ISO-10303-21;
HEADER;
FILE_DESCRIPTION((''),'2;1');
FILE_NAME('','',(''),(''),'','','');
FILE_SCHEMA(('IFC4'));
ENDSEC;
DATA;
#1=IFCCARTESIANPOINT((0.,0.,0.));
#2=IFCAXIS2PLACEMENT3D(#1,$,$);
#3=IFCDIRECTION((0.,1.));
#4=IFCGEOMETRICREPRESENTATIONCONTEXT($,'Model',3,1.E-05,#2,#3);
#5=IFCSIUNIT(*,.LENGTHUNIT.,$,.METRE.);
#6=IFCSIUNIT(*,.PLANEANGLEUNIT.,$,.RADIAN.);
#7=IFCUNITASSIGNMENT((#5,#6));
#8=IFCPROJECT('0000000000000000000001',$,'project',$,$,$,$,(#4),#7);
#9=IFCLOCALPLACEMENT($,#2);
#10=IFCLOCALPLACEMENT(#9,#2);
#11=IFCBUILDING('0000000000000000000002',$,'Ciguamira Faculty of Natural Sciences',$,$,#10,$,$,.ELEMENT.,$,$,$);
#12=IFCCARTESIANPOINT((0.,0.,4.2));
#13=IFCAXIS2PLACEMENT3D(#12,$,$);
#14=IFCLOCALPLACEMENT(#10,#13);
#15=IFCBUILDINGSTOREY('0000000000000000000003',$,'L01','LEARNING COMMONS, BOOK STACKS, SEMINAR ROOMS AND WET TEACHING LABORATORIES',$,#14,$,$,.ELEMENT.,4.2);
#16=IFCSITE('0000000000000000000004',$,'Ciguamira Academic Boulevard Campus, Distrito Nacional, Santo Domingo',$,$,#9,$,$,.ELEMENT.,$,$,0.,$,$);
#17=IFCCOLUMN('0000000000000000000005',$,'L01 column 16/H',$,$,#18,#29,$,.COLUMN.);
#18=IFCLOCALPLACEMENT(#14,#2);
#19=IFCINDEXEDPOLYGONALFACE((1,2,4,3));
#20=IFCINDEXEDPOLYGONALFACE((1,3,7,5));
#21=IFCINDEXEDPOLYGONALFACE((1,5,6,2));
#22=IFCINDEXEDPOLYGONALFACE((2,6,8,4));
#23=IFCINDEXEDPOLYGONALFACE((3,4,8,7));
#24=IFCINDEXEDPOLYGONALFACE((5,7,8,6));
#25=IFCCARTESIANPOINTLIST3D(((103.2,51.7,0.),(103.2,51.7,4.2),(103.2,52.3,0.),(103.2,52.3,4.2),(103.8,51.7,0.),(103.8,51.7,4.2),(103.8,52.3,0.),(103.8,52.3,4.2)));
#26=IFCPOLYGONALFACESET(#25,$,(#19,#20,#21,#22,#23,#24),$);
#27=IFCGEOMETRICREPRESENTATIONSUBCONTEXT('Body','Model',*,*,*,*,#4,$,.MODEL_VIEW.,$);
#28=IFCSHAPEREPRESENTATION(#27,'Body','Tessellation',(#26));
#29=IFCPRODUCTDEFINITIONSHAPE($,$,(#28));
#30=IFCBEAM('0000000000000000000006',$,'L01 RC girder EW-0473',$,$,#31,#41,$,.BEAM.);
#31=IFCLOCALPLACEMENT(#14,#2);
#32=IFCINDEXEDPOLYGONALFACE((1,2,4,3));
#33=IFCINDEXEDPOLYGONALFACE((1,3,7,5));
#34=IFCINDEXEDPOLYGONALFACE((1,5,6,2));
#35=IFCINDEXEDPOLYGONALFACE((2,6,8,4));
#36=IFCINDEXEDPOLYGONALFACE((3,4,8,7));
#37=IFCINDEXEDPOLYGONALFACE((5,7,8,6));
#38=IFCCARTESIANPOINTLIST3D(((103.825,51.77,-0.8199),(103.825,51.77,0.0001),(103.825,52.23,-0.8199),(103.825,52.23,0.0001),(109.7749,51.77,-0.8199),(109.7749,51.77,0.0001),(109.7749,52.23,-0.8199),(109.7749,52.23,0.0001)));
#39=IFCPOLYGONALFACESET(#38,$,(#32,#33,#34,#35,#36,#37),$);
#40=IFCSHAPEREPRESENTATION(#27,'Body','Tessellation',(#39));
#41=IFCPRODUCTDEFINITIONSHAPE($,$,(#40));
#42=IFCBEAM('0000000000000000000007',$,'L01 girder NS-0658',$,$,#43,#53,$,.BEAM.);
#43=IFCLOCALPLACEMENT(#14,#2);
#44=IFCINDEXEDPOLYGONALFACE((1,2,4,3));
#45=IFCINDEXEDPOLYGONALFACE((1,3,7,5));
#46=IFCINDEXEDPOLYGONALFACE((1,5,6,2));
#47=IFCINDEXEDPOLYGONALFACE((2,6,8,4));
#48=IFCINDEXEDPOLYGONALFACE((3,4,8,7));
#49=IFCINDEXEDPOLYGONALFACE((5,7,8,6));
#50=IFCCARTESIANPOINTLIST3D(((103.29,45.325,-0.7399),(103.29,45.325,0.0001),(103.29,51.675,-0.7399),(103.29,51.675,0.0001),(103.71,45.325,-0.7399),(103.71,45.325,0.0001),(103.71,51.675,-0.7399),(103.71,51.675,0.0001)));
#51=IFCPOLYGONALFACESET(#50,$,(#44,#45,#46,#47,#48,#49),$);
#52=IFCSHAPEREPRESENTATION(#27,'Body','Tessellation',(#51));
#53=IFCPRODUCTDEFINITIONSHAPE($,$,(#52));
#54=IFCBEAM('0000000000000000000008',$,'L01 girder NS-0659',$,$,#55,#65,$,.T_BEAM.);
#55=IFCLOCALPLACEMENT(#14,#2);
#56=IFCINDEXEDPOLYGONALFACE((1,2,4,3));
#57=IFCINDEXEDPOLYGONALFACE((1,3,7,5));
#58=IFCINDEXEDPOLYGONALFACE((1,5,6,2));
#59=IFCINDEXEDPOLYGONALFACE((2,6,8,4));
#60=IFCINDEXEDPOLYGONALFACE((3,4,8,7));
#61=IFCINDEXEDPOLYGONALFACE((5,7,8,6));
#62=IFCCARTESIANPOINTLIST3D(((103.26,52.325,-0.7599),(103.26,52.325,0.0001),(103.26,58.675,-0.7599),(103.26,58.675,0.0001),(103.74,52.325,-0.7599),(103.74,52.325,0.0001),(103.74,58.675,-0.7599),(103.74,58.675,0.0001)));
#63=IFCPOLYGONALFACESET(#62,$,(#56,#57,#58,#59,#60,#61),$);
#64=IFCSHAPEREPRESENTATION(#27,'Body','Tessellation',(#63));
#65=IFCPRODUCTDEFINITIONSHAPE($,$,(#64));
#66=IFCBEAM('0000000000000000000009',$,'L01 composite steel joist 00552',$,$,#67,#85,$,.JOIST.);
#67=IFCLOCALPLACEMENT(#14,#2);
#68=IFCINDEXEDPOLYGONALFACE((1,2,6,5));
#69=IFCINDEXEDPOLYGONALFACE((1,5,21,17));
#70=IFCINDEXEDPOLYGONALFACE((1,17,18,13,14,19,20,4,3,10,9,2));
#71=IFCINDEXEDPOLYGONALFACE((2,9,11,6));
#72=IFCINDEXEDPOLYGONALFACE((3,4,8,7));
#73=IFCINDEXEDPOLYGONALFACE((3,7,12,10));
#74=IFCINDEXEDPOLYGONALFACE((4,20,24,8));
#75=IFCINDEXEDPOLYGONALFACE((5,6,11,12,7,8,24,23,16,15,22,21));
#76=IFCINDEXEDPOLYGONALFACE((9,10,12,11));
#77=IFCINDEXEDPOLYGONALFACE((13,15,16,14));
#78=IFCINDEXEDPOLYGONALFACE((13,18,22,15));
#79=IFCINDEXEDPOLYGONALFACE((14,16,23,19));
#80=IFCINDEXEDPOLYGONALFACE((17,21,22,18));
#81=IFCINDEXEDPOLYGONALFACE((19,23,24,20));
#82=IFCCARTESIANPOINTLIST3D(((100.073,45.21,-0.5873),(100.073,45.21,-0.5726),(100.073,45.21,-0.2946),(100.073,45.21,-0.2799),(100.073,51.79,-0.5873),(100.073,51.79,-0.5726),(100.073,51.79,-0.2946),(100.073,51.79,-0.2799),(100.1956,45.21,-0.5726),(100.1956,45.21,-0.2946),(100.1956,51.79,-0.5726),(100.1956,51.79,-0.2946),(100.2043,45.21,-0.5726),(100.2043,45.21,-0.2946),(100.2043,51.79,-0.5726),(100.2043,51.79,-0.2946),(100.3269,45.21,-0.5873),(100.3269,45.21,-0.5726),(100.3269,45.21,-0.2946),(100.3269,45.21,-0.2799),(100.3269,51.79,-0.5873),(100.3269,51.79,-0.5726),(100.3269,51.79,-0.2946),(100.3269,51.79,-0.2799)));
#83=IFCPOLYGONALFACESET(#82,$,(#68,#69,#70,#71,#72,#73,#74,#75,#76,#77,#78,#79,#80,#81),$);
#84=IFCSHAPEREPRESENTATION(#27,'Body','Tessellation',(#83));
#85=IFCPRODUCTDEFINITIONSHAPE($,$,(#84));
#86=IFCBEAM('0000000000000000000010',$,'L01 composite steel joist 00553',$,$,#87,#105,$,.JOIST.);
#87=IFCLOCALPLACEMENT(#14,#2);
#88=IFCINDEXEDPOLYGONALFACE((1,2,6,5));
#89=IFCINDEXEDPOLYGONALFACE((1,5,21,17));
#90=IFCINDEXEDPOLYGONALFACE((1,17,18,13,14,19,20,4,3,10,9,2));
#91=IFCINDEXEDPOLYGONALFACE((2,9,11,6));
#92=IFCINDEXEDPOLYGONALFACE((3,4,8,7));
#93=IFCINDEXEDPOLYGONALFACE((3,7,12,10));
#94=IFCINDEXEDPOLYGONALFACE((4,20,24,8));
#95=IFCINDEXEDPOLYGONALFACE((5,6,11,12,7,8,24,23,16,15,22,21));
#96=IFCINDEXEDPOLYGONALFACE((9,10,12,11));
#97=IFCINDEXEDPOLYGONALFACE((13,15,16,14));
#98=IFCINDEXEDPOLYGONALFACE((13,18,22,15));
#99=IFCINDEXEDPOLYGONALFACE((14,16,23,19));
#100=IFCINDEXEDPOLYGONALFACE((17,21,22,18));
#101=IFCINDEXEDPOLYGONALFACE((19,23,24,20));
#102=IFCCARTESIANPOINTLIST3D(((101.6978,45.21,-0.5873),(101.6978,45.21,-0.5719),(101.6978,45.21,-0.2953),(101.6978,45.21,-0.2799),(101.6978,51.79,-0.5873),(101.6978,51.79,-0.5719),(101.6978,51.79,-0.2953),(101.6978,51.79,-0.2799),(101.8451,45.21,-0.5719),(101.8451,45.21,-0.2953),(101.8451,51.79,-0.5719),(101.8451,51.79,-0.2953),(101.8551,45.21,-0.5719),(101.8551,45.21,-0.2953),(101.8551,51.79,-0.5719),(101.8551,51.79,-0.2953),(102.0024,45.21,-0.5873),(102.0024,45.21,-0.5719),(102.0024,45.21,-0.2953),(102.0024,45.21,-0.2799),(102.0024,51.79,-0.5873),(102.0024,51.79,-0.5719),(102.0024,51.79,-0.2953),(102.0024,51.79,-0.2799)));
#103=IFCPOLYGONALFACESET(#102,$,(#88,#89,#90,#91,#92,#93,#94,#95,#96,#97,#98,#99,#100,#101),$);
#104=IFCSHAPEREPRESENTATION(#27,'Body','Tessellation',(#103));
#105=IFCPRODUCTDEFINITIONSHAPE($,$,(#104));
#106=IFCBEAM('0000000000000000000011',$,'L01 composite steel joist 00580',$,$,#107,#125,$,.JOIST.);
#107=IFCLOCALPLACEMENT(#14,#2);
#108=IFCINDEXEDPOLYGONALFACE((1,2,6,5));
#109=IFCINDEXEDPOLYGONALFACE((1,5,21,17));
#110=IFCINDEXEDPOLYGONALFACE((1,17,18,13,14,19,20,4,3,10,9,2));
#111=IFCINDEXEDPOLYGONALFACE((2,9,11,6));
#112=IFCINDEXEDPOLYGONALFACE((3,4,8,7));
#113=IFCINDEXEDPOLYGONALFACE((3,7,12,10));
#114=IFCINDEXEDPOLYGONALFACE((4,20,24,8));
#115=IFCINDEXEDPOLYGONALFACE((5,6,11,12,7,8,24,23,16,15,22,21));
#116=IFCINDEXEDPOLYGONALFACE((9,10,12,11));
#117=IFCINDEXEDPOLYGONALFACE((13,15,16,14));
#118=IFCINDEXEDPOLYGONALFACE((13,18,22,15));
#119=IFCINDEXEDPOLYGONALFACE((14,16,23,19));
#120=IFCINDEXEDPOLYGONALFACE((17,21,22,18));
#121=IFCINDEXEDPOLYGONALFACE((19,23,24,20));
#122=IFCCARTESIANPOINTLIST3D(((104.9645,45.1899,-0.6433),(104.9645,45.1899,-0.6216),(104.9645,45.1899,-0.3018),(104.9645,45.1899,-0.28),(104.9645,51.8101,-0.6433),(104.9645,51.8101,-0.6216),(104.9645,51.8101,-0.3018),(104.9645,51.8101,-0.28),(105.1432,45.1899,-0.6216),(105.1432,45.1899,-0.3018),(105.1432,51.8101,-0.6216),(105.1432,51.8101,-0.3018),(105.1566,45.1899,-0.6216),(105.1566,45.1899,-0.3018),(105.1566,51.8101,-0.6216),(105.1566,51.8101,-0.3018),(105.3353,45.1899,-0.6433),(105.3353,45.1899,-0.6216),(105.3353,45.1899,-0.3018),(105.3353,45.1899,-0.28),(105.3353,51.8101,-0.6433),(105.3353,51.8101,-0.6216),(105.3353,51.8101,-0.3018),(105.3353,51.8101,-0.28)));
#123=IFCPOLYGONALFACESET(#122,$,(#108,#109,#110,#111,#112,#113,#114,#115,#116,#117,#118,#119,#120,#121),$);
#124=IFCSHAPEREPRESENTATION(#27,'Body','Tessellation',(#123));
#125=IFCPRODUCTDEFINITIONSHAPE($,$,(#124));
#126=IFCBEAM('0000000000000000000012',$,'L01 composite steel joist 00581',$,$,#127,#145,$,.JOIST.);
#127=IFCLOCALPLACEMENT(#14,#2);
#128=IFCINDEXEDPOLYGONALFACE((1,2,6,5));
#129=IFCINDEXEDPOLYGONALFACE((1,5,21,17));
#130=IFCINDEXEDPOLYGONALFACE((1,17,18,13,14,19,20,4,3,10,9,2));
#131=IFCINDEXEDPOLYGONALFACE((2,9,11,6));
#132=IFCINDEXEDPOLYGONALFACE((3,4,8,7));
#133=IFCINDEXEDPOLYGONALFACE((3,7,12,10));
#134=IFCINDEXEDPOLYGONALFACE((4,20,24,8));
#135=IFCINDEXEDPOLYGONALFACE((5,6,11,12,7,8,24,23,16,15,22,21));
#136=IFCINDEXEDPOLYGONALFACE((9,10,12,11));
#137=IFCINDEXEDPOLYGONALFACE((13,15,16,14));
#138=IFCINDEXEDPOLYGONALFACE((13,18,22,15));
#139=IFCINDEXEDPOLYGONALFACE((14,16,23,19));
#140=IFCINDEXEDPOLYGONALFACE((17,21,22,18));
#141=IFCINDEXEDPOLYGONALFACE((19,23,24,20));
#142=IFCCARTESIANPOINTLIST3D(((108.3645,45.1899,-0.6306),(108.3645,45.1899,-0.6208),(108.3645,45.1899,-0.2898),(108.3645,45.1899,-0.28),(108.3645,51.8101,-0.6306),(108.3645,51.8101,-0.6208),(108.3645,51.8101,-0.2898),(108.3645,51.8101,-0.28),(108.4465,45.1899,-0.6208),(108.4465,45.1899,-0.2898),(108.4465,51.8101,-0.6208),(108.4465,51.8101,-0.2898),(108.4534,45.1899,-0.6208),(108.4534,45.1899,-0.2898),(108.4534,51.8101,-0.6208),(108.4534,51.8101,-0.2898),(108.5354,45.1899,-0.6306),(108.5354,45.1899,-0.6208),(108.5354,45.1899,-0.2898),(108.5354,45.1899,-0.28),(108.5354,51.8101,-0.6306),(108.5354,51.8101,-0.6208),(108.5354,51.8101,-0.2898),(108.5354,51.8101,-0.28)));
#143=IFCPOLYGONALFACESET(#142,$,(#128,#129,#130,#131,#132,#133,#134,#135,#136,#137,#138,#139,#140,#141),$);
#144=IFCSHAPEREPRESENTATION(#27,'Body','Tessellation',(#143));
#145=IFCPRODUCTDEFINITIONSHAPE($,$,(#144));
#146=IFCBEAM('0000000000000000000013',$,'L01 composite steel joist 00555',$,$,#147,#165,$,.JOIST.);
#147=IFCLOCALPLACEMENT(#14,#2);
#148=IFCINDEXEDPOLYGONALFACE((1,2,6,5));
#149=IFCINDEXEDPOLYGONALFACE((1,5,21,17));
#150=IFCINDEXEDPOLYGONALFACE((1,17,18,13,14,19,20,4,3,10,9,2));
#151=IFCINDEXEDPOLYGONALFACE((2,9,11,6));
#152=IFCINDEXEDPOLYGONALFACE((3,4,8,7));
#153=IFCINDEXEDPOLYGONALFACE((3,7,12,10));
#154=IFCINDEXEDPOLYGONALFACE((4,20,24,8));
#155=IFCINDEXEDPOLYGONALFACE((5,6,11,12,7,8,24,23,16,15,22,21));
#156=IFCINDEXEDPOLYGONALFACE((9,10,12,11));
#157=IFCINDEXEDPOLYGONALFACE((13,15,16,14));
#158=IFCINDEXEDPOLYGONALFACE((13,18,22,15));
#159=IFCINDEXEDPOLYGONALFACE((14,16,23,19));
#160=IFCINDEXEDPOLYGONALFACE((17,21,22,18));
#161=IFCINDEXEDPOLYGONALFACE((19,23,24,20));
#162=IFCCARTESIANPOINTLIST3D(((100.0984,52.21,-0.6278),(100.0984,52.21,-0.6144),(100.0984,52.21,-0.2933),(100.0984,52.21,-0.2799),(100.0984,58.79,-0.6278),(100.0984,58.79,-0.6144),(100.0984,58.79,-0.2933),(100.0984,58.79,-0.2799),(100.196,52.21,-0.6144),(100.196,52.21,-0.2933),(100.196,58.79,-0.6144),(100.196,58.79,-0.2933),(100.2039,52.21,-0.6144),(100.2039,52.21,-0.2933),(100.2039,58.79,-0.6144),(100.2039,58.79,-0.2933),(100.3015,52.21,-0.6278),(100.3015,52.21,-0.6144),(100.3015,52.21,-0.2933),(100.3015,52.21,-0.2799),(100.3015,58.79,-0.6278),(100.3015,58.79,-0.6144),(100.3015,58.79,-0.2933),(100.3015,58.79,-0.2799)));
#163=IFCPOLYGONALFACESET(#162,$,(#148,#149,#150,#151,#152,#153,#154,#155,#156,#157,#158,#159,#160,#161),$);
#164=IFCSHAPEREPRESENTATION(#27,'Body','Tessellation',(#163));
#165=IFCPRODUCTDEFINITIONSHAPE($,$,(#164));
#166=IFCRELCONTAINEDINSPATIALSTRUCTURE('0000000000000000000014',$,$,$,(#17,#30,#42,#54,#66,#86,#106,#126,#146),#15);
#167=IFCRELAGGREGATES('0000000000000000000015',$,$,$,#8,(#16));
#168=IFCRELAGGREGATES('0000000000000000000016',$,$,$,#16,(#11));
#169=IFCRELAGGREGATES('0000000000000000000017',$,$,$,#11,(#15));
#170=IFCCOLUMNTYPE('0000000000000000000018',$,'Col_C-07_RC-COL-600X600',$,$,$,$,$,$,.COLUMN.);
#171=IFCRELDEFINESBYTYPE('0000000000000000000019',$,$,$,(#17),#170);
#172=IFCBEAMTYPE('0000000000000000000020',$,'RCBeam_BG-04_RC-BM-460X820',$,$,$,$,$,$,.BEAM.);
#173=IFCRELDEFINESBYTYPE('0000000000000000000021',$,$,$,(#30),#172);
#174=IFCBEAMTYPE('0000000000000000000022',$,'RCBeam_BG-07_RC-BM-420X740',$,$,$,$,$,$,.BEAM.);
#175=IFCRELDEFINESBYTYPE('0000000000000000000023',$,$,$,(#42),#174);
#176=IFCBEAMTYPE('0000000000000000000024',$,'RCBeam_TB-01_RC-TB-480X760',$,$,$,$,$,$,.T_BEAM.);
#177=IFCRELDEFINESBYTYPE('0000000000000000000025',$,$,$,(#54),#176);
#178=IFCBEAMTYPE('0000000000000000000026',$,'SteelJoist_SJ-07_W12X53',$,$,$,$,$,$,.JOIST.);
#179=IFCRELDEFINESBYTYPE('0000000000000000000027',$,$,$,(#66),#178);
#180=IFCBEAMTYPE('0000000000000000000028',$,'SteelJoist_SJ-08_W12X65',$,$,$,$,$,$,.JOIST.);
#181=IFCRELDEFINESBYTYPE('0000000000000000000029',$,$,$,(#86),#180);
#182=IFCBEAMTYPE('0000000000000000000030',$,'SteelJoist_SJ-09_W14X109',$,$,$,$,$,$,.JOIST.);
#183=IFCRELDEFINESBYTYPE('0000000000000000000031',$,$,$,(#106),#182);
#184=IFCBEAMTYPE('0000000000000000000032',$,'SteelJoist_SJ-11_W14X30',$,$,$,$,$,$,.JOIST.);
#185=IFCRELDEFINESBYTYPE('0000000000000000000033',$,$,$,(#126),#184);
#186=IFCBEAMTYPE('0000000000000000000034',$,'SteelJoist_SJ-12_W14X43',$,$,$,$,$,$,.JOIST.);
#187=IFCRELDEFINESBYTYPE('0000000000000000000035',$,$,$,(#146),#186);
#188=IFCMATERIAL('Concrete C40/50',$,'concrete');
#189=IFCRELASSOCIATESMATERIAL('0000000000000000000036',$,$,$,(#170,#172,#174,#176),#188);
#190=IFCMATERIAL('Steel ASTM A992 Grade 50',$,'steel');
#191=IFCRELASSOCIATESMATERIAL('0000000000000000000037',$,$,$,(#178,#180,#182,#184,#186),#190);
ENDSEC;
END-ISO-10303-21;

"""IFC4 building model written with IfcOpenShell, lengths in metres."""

from ifc_helpers import new_model, si_unit, direction, frame, origin, origin_2d, place, context, subcontext, project, spatial, rectangle, i_section, extrude, material, material_profile, profile_set, type_object, element, save


model = new_model("IFC4")

# Units and contexts
model_context = context("Model", 3, precision=1e-05, world=origin(), true_north=direction((0.0, 1.0)))
body_context = subcontext(model_context, "Body", "Model", "MODEL_VIEW")
ifc_project = project(units=[si_unit("LENGTHUNIT", "METRE"), si_unit("PLANEANGLEUNIT", "RADIAN")], contexts=[model_context])

# Site, building, storey
site_placement = place(None, origin())
site = spatial("IfcSite", under=ifc_project, at=site_placement, Name="Ciguamira Academic Boulevard Campus, Distrito Nacional, Santo Domingo", CompositionType="ELEMENT", RefElevation=0.0)
building_placement = place(site_placement, origin())
building = spatial("IfcBuilding", under=site, at=building_placement, Name="Ciguamira Faculty of Natural Sciences", CompositionType="ELEMENT")
storey_placement = place(building_placement, frame((0.0, 0.0, 4.2)))
storey = spatial("IfcBuildingStorey", under=building, at=storey_placement, Name="L01", Description="LEARNING COMMONS, BOOK STACKS, SEMINAR ROOMS AND WET TEACHING LABORATORIES", CompositionType="ELEMENT", Elevation=4.2)

# Column
ifc_material_1 = material(Name="Concrete C40/50", Category="concrete")
ifc_material_profile_1 = material_profile(ifc_material_1, rectangle(XDim=0.6001, YDim=0.6001, at=origin_2d()), Name="RC-COL-600X600")
ifc_profile_set_1 = profile_set([ifc_material_profile_1], Name="Concrete C40/50")
column_type = type_object("IfcColumnType", Name="Col_C-07_RC-COL-600X600", PredefinedType="COLUMN", material=ifc_profile_set_1)
column_placement = place(storey_placement, frame((103.5, 52.0, 0.0), z_axis=(0.0, 0.0, 1.0), x_axis=(1.0, 0.0, 0.0)))
element("IfcColumn", 1, at=column_placement, inside=storey, type_object=column_type, Name="L01 column 16/H", PredefinedType="COLUMN", context=body_context, shape_type="SweptSolid", body=[
    extrude(rectangle(XDim=0.6001, YDim=0.6001, at=origin_2d()), origin(), (0.0, 0.0, 1.0), 4.2),
])

# Beams
ifc_material_profile_2 = material_profile(ifc_material_1, rectangle(XDim=0.46, YDim=0.8201, at=origin_2d()), Name="RC-BM-460X820")
ifc_profile_set_2 = profile_set([ifc_material_profile_2], Name="Concrete C40/50")
beam_type_1 = type_object("IfcBeamType", Name="RCBeam_BG-04_RC-BM-460X820", PredefinedType="BEAM", material=ifc_profile_set_2)
beam_1_placement = place(storey_placement, frame((103.825, 52.0, -0.4099), z_axis=(1.0, 0.0, 0.0), x_axis=(0.0, 1.0, 0.0)))
element("IfcBeam", 2, at=beam_1_placement, inside=storey, type_object=beam_type_1, Name="L01 RC girder EW-0473", PredefinedType="BEAM", context=body_context, shape_type="SweptSolid", body=[
    extrude(rectangle(XDim=0.46, YDim=0.8201, at=origin_2d()), origin(), (0.0, 0.0, 1.0), 5.95),
])
ifc_material_profile_3 = material_profile(ifc_material_1, rectangle(XDim=0.4199, YDim=0.74, at=origin_2d()), Name="RC-BM-420X740")
ifc_profile_set_3 = profile_set([ifc_material_profile_3], Name="Concrete C40/50")
beam_type_2 = type_object("IfcBeamType", Name="RCBeam_BG-07_RC-BM-420X740", PredefinedType="BEAM", material=ifc_profile_set_3)
beam_2_placement = place(storey_placement, frame((103.5, 45.325, -0.3699), z_axis=(0.0, 1.0, 0.0), x_axis=(-1.0, 0.0, 0.0)))
element("IfcBeam", 3, at=beam_2_placement, inside=storey, type_object=beam_type_2, Name="L01 girder NS-0658", PredefinedType="BEAM", context=body_context, shape_type="SweptSolid", body=[
    extrude(rectangle(XDim=0.4199, YDim=0.74, at=origin_2d()), origin(), (0.0, 0.0, 1.0), 6.3501),
])
ifc_material_profile_4 = material_profile(ifc_material_1, rectangle(XDim=0.48, YDim=0.76, at=origin_2d()), Name="RC-TB-480X760")
ifc_profile_set_4 = profile_set([ifc_material_profile_4], Name="Concrete C40/50")
beam_type_3 = type_object("IfcBeamType", Name="RCBeam_TB-01_RC-TB-480X760", PredefinedType="T_BEAM", material=ifc_profile_set_4)
beam_3_placement = place(storey_placement, frame((103.5, 52.325, -0.3799), z_axis=(0.0, 1.0, 0.0), x_axis=(-1.0, 0.0, 0.0)))
element("IfcBeam", 4, at=beam_3_placement, inside=storey, type_object=beam_type_3, Name="L01 girder NS-0659", PredefinedType="T_BEAM", context=body_context, shape_type="SweptSolid", body=[
    extrude(rectangle(XDim=0.48, YDim=0.76, at=origin_2d()), origin(), (0.0, 0.0, 1.0), 6.3501),
])
ifc_material_2 = material(Name="Steel ASTM A992 Grade 50", Category="steel")
ifc_material_profile_5 = material_profile(ifc_material_2, i_section(OverallWidth=0.2539, OverallDepth=0.3074, WebThickness=0.0088, FlangeThickness=0.0146, at=origin_2d()), Name="W12X53")
ifc_profile_set_5 = profile_set([ifc_material_profile_5], Name="Steel ASTM A992 Grade 50")
beam_type_4 = type_object("IfcBeamType", Name="SteelJoist_SJ-07_W12X53", PredefinedType="JOIST", material=ifc_profile_set_5)
beam_4_placement = place(storey_placement, frame((100.2, 45.21, -0.4336), z_axis=(0.0, 1.0, 0.0), x_axis=(-1.0, 0.0, 0.0)))
element("IfcBeam", 5, at=beam_4_placement, inside=storey, type_object=beam_type_4, Name="L01 composite steel joist 00552", PredefinedType="JOIST", context=body_context, shape_type="SweptSolid", body=[
    extrude(i_section(OverallWidth=0.2539, OverallDepth=0.3074, WebThickness=0.0088, FlangeThickness=0.0146, at=origin_2d()), origin(), (0.0, 0.0, 1.0), 6.5801),
])
ifc_material_profile_6 = material_profile(ifc_material_2, i_section(OverallWidth=0.3047, OverallDepth=0.3074, WebThickness=0.01, FlangeThickness=0.0154, at=origin_2d()), Name="W12X65")
ifc_profile_set_6 = profile_set([ifc_material_profile_6], Name="Steel ASTM A992 Grade 50")
beam_type_5 = type_object("IfcBeamType", Name="SteelJoist_SJ-08_W12X65", PredefinedType="JOIST", material=ifc_profile_set_6)
beam_5_placement = place(storey_placement, frame((101.8501, 45.21, -0.4336), z_axis=(0.0, 1.0, 0.0), x_axis=(-1.0, 0.0, 0.0)))
element("IfcBeam", 6, at=beam_5_placement, inside=storey, type_object=beam_type_5, Name="L01 composite steel joist 00553", PredefinedType="JOIST", context=body_context, shape_type="SweptSolid", body=[
    extrude(i_section(OverallWidth=0.3047, OverallDepth=0.3074, WebThickness=0.01, FlangeThickness=0.0154, at=origin_2d()), origin(), (0.0, 0.0, 1.0), 6.5801),
])
ifc_material_profile_7 = material_profile(ifc_material_2, i_section(OverallWidth=0.3708, OverallDepth=0.3633, WebThickness=0.0134, FlangeThickness=0.0217, at=origin_2d()), Name="W14X109")
ifc_profile_set_7 = profile_set([ifc_material_profile_7], Name="Steel ASTM A992 Grade 50")
beam_type_6 = type_object("IfcBeamType", Name="SteelJoist_SJ-09_W14X109", PredefinedType="JOIST", material=ifc_profile_set_7)
beam_6_placement = place(storey_placement, frame((105.1499, 45.1899, -0.4617), z_axis=(0.0, 1.0, 0.0), x_axis=(-1.0, 0.0, 0.0)))
element("IfcBeam", 7, at=beam_6_placement, inside=storey, type_object=beam_type_6, Name="L01 composite steel joist 00580", PredefinedType="JOIST", context=body_context, shape_type="SweptSolid", body=[
    extrude(i_section(OverallWidth=0.3708, OverallDepth=0.3633, WebThickness=0.0134, FlangeThickness=0.0217, at=origin_2d()), origin(), (0.0, 0.0, 1.0), 6.6201),
])
ifc_material_profile_8 = material_profile(ifc_material_2, i_section(OverallWidth=0.1709, OverallDepth=0.3506, WebThickness=0.0068, FlangeThickness=0.0098, at=origin_2d()), Name="W14X30")
ifc_profile_set_8 = profile_set([ifc_material_profile_8], Name="Steel ASTM A992 Grade 50")
beam_type_7 = type_object("IfcBeamType", Name="SteelJoist_SJ-11_W14X30", PredefinedType="JOIST", material=ifc_profile_set_8)
beam_7_placement = place(storey_placement, frame((108.45, 45.1899, -0.4553), z_axis=(0.0, 1.0, 0.0), x_axis=(-1.0, 0.0, 0.0)))
element("IfcBeam", 8, at=beam_7_placement, inside=storey, type_object=beam_type_7, Name="L01 composite steel joist 00581", PredefinedType="JOIST", context=body_context, shape_type="SweptSolid", body=[
    extrude(i_section(OverallWidth=0.1709, OverallDepth=0.3506, WebThickness=0.0068, FlangeThickness=0.0098, at=origin_2d()), origin(), (0.0, 0.0, 1.0), 6.6201),
])
ifc_material_profile_9 = material_profile(ifc_material_2, i_section(OverallWidth=0.2031, OverallDepth=0.3479, WebThickness=0.0078, FlangeThickness=0.0134, at=origin_2d()), Name="W14X43")
ifc_profile_set_9 = profile_set([ifc_material_profile_9], Name="Steel ASTM A992 Grade 50")
beam_type_8 = type_object("IfcBeamType", Name="SteelJoist_SJ-12_W14X43", PredefinedType="JOIST", material=ifc_profile_set_9)
beam_8_placement = place(storey_placement, frame((100.2, 52.21, -0.4539), z_axis=(0.0, 1.0, 0.0), x_axis=(-1.0, 0.0, 0.0)))
element("IfcBeam", 9, at=beam_8_placement, inside=storey, type_object=beam_type_8, Name="L01 composite steel joist 00555", PredefinedType="JOIST", context=body_context, shape_type="SweptSolid", body=[
    extrude(i_section(OverallWidth=0.2031, OverallDepth=0.3479, WebThickness=0.0078, FlangeThickness=0.0134, at=origin_2d()), origin(), (0.0, 0.0, 1.0), 6.5801),
])

save(model, "model.ifc")
